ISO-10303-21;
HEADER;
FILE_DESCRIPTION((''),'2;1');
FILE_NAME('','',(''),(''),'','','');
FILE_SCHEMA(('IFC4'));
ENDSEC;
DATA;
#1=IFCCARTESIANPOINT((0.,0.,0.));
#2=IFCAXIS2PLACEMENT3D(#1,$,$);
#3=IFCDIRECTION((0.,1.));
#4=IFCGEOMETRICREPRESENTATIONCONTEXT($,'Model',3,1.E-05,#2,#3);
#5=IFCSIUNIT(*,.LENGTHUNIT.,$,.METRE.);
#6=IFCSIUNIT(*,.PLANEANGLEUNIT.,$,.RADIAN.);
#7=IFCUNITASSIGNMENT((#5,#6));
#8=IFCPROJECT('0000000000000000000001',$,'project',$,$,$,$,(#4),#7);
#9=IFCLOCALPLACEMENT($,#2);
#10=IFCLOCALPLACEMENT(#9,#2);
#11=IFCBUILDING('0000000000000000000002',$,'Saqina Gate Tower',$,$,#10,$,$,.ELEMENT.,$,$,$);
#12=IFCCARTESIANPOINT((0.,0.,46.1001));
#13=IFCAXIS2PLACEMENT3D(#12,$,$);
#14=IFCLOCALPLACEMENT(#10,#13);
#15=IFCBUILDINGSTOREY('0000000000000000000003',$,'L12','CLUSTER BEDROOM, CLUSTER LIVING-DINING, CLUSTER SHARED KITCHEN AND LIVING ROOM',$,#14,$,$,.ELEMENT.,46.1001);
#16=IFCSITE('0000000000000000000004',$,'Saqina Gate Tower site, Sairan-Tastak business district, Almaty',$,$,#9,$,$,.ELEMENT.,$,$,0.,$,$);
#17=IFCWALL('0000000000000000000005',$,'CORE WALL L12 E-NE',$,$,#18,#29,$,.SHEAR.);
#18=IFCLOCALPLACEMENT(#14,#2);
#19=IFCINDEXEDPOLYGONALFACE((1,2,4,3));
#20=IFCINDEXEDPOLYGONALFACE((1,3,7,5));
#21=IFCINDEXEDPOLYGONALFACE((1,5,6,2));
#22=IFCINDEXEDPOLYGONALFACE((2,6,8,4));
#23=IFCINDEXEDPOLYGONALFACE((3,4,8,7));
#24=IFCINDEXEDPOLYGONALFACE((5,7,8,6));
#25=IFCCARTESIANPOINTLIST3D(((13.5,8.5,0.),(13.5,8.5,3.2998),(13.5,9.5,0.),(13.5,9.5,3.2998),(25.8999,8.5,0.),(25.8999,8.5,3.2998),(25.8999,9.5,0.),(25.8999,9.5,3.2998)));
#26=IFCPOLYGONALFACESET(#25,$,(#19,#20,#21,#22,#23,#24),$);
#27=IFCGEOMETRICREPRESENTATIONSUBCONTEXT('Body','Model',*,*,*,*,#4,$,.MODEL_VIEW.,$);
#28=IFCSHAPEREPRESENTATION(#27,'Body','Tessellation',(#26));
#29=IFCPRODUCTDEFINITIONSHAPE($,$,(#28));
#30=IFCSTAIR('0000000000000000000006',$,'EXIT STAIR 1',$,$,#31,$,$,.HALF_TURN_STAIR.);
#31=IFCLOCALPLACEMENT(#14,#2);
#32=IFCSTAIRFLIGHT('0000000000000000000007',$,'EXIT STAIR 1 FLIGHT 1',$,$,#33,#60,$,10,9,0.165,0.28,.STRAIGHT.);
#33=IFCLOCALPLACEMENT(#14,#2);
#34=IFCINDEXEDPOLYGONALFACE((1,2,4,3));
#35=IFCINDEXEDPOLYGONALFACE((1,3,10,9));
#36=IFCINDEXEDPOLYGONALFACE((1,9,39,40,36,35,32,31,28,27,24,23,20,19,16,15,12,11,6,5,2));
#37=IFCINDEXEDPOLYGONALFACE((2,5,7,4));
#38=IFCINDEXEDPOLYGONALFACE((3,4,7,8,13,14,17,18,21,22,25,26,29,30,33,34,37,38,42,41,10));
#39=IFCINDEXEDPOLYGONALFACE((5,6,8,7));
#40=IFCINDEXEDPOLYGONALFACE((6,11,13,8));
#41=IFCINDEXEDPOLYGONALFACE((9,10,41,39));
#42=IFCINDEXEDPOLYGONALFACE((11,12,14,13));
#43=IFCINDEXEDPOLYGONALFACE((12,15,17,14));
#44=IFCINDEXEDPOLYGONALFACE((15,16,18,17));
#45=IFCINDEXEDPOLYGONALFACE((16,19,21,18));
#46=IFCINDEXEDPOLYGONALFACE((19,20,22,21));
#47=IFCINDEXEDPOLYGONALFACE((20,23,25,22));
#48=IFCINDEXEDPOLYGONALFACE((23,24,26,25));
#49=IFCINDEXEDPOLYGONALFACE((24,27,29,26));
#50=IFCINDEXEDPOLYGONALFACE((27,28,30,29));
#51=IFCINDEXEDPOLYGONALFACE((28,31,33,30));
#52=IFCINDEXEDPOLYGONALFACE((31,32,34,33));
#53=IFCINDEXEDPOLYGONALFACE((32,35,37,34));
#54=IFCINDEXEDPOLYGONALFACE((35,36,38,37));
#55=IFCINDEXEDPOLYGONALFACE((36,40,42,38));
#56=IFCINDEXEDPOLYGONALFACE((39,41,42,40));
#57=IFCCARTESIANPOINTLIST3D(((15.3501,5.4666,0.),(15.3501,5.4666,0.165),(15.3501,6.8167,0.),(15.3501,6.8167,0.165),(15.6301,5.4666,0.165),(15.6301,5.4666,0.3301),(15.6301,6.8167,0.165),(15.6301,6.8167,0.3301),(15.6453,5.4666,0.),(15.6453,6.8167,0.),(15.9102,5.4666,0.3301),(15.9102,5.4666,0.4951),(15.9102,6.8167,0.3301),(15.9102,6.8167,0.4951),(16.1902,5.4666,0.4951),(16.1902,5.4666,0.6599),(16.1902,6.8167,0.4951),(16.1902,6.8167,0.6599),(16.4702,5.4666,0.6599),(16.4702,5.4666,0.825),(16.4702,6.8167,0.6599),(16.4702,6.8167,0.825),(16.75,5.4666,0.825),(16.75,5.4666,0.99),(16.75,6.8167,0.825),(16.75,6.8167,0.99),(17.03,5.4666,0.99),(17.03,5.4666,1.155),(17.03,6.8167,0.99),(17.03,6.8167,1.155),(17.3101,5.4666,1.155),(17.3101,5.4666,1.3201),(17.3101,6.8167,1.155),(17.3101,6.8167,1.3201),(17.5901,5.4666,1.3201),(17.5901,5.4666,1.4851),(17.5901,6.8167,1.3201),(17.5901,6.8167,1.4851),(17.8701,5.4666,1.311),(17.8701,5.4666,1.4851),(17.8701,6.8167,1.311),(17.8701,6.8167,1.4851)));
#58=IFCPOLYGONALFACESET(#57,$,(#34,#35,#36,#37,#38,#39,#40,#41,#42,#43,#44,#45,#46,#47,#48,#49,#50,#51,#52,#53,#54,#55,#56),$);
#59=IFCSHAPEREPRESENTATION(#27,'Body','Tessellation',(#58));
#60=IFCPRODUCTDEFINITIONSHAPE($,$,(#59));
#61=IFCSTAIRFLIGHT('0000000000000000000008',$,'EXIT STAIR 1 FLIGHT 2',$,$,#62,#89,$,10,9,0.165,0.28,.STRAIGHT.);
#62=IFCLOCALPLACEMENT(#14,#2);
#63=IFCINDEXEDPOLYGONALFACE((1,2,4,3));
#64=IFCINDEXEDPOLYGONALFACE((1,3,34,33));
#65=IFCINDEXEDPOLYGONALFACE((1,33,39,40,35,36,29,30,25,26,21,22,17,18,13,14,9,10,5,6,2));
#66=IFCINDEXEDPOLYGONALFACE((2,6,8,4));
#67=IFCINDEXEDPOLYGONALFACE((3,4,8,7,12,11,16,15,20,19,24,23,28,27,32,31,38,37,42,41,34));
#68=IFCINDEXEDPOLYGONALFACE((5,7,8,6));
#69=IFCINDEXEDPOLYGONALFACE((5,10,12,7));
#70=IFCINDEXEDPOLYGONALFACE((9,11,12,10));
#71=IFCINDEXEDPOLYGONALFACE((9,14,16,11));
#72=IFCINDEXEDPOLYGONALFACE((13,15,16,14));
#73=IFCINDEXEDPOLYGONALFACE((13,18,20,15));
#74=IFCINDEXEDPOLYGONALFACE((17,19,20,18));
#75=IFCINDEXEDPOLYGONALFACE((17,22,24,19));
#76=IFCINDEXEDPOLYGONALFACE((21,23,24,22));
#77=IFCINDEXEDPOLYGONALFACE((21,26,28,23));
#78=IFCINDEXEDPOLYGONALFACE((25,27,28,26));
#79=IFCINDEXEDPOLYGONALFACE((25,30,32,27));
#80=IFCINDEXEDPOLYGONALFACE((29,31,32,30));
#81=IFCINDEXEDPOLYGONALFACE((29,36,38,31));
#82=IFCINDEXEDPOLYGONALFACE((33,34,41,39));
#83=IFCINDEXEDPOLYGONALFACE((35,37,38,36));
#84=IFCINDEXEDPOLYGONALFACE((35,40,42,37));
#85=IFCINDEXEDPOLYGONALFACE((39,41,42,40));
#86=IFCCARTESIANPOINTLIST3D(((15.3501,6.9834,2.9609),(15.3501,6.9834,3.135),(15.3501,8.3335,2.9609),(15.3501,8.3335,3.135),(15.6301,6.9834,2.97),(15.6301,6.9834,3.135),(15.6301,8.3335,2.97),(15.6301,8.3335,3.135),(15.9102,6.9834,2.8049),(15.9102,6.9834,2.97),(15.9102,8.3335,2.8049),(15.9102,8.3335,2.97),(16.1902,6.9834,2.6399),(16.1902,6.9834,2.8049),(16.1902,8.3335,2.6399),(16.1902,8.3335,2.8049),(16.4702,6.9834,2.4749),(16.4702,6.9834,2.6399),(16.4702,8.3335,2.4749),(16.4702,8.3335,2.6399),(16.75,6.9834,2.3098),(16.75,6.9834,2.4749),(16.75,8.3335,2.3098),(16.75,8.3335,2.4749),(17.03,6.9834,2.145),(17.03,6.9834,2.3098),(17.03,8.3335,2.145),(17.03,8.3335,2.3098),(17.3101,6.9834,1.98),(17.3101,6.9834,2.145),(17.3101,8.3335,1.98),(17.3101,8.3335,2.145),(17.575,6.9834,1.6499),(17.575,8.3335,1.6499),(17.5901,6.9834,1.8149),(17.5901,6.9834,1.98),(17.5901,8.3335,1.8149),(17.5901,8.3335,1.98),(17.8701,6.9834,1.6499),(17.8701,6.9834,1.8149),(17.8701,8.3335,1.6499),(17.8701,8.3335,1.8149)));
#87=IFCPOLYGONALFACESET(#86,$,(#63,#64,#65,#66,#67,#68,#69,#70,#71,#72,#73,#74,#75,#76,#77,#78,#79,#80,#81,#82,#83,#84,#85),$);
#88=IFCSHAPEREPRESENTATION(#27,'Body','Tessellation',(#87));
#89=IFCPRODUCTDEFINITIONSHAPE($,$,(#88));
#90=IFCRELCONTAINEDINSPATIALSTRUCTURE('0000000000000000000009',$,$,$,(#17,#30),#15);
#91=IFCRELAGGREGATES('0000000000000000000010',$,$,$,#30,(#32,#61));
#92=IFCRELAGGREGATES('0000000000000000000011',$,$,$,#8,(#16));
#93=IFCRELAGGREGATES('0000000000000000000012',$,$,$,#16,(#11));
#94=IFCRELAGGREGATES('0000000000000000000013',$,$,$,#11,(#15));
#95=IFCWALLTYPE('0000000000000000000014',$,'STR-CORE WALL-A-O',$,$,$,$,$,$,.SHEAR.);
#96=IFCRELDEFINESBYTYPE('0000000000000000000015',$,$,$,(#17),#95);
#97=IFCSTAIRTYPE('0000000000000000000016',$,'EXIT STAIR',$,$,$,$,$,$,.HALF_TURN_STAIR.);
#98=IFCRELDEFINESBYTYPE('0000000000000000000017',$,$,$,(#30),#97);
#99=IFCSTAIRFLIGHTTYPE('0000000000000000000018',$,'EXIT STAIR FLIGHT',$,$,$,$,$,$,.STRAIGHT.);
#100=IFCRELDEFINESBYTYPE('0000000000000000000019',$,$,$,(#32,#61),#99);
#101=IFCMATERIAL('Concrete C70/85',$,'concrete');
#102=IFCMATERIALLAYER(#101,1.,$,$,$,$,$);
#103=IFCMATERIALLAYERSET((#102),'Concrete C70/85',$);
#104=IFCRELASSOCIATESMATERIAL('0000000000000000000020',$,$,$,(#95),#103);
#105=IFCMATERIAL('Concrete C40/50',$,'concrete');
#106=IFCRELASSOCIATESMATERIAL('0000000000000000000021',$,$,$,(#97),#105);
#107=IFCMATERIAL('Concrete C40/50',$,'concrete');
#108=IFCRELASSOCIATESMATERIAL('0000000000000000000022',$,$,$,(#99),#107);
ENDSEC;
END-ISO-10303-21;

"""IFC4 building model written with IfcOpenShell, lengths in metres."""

from ifc_helpers import new_model, si_unit, direction, frame, frame_2d, origin, place, context, subcontext, project, spatial, polyline, rectangle, outline, extrude, material, layer, layer_set, type_object, element, aggregate, save


model = new_model("IFC4")

# Units and contexts
model_context = context("Model", 3, precision=1e-05, world=origin(), true_north=direction((0.0, 1.0)))
body_context = subcontext(model_context, "Body", "Model", "MODEL_VIEW")
ifc_project = project(units=[si_unit("LENGTHUNIT", "METRE"), si_unit("PLANEANGLEUNIT", "RADIAN")], contexts=[model_context])

# Site, building, storey
site_placement = place(None, origin())
site = spatial("IfcSite", under=ifc_project, at=site_placement, Name="Saqina Gate Tower site, Sairan-Tastak business district, Almaty", CompositionType="ELEMENT", RefElevation=0.0)
building_placement = place(site_placement, origin())
building = spatial("IfcBuilding", under=site, at=building_placement, Name="Saqina Gate Tower", CompositionType="ELEMENT")
storey_placement = place(building_placement, frame((0.0, 0.0, 46.1001)))
storey = spatial("IfcBuildingStorey", under=building, at=storey_placement, Name="L12", Description="CLUSTER BEDROOM, CLUSTER LIVING-DINING, CLUSTER SHARED KITCHEN AND LIVING ROOM", CompositionType="ELEMENT", Elevation=46.1001)

# Wall
ifc_material_1 = material(Name="Concrete C70/85", Category="concrete")
ifc_layer_1 = layer(ifc_material_1, 1.0)
ifc_layer_set_1 = layer_set([ifc_layer_1], Name="Concrete C70/85")
wall_type_1 = type_object("IfcWallType", Name="STR-CORE WALL-A-O", PredefinedType="SHEAR", material=ifc_layer_set_1)
wall_1_placement = place(storey_placement, frame((13.5, 9.0, 0.0), z_axis=(0.0, 0.0, 1.0), x_axis=(1.0, 0.0, 0.0)))
element("IfcWall", 1, at=wall_1_placement, inside=storey, type_object=wall_type_1, Name="CORE WALL L12 E-NE", PredefinedType="SHEAR", context=body_context, shape_type="SweptSolid", body=[
    extrude(rectangle(XDim=12.3999, YDim=1.0, at=frame_2d((6.2, 0.0))), origin(), (0.0, 0.0, 1.0), 3.2998),
])

# Stair, stair flights
ifc_material_2 = material(Name="Concrete C40/50", Category="concrete")
stair_type = type_object("IfcStairType", Name="EXIT STAIR", PredefinedType="HALF_TURN_STAIR", material=ifc_material_2)
stair_placement = place(storey_placement, origin())
stair = element("IfcStair", 2, at=stair_placement, inside=storey, type_object=stair_type, Name="EXIT STAIR 1", PredefinedType="HALF_TURN_STAIR")
ifc_material_3 = material(Name="Concrete C40/50", Category="concrete")
stair_flight_type = type_object("IfcStairFlightType", Name="EXIT STAIR FLIGHT", PredefinedType="STRAIGHT", material=ifc_material_3)
stair_flight_1_placement = place(storey_placement, frame((15.3501, 6.1416, 0.0), z_axis=(0.0, 0.0, 1.0), x_axis=(1.0, 0.0, 0.0)))
stair_flight_1 = element("IfcStairFlight", 3, at=stair_flight_1_placement, type_object=stair_flight_type, Name="EXIT STAIR 1 FLIGHT 1", NumberOfRisers=10, NumberOfTreads=9, PredefinedType="STRAIGHT", RiserHeight=0.165, TreadLength=0.28, context=body_context, shape_type="SweptSolid", body=[
    extrude(outline(polyline([(0.0, 0.0), (0.0, 0.165), (0.28, 0.165), (0.28, 0.3301), (0.5601, 0.3301), (0.5601, 0.4951), (0.8401, 0.4951), (0.8401, 0.6599), (1.1201, 0.6599), (1.1201, 0.825), (1.3999, 0.825), (1.3999, 0.99), (1.6799, 0.99), (1.6799, 1.155), (1.96, 1.155), (1.96, 1.3201), (2.24, 1.3201), (2.24, 1.4851), (2.52, 1.4851), (2.52, 1.6499), (2.52, 1.311), (0.2952, 0.0), (0.0, 0.0)])), frame((0.0, 0.675, 0.0), z_axis=(0.0, -1.0, 0.0), x_axis=(1.0, 0.0, 0.0)), (0.0, 0.0, 1.0), 1.3501),
])
stair_flight_2_placement = place(storey_placement, frame((17.8701, 7.6584, 1.6499), z_axis=(0.0, 0.0, 1.0), x_axis=(-1.0, 0.0, 0.0)))
stair_flight_2 = element("IfcStairFlight", 4, at=stair_flight_2_placement, type_object=stair_flight_type, Name="EXIT STAIR 1 FLIGHT 2", NumberOfRisers=10, NumberOfTreads=9, PredefinedType="STRAIGHT", RiserHeight=0.165, TreadLength=0.28, context=body_context, shape_type="SweptSolid", body=[
    extrude(outline(polyline([(0.0, 0.0), (0.0, 0.165), (0.28, 0.165), (0.28, 0.3301), (0.5601, 0.3301), (0.5601, 0.4951), (0.8401, 0.4951), (0.8401, 0.6599), (1.1201, 0.6599), (1.1201, 0.825), (1.3999, 0.825), (1.3999, 0.99), (1.6799, 0.99), (1.6799, 1.155), (1.96, 1.155), (1.96, 1.3201), (2.24, 1.3201), (2.24, 1.4851), (2.52, 1.4851), (2.52, 1.6499), (2.52, 1.311), (0.2952, 0.0), (0.0, 0.0)])), frame((0.0, 0.675, 0.0), z_axis=(0.0, -1.0, 0.0), x_axis=(1.0, 0.0, 0.0)), (0.0, 0.0, 1.0), 1.3501),
])
aggregate(stair, [stair_flight_1, stair_flight_2])

save(model, "model.ifc")
